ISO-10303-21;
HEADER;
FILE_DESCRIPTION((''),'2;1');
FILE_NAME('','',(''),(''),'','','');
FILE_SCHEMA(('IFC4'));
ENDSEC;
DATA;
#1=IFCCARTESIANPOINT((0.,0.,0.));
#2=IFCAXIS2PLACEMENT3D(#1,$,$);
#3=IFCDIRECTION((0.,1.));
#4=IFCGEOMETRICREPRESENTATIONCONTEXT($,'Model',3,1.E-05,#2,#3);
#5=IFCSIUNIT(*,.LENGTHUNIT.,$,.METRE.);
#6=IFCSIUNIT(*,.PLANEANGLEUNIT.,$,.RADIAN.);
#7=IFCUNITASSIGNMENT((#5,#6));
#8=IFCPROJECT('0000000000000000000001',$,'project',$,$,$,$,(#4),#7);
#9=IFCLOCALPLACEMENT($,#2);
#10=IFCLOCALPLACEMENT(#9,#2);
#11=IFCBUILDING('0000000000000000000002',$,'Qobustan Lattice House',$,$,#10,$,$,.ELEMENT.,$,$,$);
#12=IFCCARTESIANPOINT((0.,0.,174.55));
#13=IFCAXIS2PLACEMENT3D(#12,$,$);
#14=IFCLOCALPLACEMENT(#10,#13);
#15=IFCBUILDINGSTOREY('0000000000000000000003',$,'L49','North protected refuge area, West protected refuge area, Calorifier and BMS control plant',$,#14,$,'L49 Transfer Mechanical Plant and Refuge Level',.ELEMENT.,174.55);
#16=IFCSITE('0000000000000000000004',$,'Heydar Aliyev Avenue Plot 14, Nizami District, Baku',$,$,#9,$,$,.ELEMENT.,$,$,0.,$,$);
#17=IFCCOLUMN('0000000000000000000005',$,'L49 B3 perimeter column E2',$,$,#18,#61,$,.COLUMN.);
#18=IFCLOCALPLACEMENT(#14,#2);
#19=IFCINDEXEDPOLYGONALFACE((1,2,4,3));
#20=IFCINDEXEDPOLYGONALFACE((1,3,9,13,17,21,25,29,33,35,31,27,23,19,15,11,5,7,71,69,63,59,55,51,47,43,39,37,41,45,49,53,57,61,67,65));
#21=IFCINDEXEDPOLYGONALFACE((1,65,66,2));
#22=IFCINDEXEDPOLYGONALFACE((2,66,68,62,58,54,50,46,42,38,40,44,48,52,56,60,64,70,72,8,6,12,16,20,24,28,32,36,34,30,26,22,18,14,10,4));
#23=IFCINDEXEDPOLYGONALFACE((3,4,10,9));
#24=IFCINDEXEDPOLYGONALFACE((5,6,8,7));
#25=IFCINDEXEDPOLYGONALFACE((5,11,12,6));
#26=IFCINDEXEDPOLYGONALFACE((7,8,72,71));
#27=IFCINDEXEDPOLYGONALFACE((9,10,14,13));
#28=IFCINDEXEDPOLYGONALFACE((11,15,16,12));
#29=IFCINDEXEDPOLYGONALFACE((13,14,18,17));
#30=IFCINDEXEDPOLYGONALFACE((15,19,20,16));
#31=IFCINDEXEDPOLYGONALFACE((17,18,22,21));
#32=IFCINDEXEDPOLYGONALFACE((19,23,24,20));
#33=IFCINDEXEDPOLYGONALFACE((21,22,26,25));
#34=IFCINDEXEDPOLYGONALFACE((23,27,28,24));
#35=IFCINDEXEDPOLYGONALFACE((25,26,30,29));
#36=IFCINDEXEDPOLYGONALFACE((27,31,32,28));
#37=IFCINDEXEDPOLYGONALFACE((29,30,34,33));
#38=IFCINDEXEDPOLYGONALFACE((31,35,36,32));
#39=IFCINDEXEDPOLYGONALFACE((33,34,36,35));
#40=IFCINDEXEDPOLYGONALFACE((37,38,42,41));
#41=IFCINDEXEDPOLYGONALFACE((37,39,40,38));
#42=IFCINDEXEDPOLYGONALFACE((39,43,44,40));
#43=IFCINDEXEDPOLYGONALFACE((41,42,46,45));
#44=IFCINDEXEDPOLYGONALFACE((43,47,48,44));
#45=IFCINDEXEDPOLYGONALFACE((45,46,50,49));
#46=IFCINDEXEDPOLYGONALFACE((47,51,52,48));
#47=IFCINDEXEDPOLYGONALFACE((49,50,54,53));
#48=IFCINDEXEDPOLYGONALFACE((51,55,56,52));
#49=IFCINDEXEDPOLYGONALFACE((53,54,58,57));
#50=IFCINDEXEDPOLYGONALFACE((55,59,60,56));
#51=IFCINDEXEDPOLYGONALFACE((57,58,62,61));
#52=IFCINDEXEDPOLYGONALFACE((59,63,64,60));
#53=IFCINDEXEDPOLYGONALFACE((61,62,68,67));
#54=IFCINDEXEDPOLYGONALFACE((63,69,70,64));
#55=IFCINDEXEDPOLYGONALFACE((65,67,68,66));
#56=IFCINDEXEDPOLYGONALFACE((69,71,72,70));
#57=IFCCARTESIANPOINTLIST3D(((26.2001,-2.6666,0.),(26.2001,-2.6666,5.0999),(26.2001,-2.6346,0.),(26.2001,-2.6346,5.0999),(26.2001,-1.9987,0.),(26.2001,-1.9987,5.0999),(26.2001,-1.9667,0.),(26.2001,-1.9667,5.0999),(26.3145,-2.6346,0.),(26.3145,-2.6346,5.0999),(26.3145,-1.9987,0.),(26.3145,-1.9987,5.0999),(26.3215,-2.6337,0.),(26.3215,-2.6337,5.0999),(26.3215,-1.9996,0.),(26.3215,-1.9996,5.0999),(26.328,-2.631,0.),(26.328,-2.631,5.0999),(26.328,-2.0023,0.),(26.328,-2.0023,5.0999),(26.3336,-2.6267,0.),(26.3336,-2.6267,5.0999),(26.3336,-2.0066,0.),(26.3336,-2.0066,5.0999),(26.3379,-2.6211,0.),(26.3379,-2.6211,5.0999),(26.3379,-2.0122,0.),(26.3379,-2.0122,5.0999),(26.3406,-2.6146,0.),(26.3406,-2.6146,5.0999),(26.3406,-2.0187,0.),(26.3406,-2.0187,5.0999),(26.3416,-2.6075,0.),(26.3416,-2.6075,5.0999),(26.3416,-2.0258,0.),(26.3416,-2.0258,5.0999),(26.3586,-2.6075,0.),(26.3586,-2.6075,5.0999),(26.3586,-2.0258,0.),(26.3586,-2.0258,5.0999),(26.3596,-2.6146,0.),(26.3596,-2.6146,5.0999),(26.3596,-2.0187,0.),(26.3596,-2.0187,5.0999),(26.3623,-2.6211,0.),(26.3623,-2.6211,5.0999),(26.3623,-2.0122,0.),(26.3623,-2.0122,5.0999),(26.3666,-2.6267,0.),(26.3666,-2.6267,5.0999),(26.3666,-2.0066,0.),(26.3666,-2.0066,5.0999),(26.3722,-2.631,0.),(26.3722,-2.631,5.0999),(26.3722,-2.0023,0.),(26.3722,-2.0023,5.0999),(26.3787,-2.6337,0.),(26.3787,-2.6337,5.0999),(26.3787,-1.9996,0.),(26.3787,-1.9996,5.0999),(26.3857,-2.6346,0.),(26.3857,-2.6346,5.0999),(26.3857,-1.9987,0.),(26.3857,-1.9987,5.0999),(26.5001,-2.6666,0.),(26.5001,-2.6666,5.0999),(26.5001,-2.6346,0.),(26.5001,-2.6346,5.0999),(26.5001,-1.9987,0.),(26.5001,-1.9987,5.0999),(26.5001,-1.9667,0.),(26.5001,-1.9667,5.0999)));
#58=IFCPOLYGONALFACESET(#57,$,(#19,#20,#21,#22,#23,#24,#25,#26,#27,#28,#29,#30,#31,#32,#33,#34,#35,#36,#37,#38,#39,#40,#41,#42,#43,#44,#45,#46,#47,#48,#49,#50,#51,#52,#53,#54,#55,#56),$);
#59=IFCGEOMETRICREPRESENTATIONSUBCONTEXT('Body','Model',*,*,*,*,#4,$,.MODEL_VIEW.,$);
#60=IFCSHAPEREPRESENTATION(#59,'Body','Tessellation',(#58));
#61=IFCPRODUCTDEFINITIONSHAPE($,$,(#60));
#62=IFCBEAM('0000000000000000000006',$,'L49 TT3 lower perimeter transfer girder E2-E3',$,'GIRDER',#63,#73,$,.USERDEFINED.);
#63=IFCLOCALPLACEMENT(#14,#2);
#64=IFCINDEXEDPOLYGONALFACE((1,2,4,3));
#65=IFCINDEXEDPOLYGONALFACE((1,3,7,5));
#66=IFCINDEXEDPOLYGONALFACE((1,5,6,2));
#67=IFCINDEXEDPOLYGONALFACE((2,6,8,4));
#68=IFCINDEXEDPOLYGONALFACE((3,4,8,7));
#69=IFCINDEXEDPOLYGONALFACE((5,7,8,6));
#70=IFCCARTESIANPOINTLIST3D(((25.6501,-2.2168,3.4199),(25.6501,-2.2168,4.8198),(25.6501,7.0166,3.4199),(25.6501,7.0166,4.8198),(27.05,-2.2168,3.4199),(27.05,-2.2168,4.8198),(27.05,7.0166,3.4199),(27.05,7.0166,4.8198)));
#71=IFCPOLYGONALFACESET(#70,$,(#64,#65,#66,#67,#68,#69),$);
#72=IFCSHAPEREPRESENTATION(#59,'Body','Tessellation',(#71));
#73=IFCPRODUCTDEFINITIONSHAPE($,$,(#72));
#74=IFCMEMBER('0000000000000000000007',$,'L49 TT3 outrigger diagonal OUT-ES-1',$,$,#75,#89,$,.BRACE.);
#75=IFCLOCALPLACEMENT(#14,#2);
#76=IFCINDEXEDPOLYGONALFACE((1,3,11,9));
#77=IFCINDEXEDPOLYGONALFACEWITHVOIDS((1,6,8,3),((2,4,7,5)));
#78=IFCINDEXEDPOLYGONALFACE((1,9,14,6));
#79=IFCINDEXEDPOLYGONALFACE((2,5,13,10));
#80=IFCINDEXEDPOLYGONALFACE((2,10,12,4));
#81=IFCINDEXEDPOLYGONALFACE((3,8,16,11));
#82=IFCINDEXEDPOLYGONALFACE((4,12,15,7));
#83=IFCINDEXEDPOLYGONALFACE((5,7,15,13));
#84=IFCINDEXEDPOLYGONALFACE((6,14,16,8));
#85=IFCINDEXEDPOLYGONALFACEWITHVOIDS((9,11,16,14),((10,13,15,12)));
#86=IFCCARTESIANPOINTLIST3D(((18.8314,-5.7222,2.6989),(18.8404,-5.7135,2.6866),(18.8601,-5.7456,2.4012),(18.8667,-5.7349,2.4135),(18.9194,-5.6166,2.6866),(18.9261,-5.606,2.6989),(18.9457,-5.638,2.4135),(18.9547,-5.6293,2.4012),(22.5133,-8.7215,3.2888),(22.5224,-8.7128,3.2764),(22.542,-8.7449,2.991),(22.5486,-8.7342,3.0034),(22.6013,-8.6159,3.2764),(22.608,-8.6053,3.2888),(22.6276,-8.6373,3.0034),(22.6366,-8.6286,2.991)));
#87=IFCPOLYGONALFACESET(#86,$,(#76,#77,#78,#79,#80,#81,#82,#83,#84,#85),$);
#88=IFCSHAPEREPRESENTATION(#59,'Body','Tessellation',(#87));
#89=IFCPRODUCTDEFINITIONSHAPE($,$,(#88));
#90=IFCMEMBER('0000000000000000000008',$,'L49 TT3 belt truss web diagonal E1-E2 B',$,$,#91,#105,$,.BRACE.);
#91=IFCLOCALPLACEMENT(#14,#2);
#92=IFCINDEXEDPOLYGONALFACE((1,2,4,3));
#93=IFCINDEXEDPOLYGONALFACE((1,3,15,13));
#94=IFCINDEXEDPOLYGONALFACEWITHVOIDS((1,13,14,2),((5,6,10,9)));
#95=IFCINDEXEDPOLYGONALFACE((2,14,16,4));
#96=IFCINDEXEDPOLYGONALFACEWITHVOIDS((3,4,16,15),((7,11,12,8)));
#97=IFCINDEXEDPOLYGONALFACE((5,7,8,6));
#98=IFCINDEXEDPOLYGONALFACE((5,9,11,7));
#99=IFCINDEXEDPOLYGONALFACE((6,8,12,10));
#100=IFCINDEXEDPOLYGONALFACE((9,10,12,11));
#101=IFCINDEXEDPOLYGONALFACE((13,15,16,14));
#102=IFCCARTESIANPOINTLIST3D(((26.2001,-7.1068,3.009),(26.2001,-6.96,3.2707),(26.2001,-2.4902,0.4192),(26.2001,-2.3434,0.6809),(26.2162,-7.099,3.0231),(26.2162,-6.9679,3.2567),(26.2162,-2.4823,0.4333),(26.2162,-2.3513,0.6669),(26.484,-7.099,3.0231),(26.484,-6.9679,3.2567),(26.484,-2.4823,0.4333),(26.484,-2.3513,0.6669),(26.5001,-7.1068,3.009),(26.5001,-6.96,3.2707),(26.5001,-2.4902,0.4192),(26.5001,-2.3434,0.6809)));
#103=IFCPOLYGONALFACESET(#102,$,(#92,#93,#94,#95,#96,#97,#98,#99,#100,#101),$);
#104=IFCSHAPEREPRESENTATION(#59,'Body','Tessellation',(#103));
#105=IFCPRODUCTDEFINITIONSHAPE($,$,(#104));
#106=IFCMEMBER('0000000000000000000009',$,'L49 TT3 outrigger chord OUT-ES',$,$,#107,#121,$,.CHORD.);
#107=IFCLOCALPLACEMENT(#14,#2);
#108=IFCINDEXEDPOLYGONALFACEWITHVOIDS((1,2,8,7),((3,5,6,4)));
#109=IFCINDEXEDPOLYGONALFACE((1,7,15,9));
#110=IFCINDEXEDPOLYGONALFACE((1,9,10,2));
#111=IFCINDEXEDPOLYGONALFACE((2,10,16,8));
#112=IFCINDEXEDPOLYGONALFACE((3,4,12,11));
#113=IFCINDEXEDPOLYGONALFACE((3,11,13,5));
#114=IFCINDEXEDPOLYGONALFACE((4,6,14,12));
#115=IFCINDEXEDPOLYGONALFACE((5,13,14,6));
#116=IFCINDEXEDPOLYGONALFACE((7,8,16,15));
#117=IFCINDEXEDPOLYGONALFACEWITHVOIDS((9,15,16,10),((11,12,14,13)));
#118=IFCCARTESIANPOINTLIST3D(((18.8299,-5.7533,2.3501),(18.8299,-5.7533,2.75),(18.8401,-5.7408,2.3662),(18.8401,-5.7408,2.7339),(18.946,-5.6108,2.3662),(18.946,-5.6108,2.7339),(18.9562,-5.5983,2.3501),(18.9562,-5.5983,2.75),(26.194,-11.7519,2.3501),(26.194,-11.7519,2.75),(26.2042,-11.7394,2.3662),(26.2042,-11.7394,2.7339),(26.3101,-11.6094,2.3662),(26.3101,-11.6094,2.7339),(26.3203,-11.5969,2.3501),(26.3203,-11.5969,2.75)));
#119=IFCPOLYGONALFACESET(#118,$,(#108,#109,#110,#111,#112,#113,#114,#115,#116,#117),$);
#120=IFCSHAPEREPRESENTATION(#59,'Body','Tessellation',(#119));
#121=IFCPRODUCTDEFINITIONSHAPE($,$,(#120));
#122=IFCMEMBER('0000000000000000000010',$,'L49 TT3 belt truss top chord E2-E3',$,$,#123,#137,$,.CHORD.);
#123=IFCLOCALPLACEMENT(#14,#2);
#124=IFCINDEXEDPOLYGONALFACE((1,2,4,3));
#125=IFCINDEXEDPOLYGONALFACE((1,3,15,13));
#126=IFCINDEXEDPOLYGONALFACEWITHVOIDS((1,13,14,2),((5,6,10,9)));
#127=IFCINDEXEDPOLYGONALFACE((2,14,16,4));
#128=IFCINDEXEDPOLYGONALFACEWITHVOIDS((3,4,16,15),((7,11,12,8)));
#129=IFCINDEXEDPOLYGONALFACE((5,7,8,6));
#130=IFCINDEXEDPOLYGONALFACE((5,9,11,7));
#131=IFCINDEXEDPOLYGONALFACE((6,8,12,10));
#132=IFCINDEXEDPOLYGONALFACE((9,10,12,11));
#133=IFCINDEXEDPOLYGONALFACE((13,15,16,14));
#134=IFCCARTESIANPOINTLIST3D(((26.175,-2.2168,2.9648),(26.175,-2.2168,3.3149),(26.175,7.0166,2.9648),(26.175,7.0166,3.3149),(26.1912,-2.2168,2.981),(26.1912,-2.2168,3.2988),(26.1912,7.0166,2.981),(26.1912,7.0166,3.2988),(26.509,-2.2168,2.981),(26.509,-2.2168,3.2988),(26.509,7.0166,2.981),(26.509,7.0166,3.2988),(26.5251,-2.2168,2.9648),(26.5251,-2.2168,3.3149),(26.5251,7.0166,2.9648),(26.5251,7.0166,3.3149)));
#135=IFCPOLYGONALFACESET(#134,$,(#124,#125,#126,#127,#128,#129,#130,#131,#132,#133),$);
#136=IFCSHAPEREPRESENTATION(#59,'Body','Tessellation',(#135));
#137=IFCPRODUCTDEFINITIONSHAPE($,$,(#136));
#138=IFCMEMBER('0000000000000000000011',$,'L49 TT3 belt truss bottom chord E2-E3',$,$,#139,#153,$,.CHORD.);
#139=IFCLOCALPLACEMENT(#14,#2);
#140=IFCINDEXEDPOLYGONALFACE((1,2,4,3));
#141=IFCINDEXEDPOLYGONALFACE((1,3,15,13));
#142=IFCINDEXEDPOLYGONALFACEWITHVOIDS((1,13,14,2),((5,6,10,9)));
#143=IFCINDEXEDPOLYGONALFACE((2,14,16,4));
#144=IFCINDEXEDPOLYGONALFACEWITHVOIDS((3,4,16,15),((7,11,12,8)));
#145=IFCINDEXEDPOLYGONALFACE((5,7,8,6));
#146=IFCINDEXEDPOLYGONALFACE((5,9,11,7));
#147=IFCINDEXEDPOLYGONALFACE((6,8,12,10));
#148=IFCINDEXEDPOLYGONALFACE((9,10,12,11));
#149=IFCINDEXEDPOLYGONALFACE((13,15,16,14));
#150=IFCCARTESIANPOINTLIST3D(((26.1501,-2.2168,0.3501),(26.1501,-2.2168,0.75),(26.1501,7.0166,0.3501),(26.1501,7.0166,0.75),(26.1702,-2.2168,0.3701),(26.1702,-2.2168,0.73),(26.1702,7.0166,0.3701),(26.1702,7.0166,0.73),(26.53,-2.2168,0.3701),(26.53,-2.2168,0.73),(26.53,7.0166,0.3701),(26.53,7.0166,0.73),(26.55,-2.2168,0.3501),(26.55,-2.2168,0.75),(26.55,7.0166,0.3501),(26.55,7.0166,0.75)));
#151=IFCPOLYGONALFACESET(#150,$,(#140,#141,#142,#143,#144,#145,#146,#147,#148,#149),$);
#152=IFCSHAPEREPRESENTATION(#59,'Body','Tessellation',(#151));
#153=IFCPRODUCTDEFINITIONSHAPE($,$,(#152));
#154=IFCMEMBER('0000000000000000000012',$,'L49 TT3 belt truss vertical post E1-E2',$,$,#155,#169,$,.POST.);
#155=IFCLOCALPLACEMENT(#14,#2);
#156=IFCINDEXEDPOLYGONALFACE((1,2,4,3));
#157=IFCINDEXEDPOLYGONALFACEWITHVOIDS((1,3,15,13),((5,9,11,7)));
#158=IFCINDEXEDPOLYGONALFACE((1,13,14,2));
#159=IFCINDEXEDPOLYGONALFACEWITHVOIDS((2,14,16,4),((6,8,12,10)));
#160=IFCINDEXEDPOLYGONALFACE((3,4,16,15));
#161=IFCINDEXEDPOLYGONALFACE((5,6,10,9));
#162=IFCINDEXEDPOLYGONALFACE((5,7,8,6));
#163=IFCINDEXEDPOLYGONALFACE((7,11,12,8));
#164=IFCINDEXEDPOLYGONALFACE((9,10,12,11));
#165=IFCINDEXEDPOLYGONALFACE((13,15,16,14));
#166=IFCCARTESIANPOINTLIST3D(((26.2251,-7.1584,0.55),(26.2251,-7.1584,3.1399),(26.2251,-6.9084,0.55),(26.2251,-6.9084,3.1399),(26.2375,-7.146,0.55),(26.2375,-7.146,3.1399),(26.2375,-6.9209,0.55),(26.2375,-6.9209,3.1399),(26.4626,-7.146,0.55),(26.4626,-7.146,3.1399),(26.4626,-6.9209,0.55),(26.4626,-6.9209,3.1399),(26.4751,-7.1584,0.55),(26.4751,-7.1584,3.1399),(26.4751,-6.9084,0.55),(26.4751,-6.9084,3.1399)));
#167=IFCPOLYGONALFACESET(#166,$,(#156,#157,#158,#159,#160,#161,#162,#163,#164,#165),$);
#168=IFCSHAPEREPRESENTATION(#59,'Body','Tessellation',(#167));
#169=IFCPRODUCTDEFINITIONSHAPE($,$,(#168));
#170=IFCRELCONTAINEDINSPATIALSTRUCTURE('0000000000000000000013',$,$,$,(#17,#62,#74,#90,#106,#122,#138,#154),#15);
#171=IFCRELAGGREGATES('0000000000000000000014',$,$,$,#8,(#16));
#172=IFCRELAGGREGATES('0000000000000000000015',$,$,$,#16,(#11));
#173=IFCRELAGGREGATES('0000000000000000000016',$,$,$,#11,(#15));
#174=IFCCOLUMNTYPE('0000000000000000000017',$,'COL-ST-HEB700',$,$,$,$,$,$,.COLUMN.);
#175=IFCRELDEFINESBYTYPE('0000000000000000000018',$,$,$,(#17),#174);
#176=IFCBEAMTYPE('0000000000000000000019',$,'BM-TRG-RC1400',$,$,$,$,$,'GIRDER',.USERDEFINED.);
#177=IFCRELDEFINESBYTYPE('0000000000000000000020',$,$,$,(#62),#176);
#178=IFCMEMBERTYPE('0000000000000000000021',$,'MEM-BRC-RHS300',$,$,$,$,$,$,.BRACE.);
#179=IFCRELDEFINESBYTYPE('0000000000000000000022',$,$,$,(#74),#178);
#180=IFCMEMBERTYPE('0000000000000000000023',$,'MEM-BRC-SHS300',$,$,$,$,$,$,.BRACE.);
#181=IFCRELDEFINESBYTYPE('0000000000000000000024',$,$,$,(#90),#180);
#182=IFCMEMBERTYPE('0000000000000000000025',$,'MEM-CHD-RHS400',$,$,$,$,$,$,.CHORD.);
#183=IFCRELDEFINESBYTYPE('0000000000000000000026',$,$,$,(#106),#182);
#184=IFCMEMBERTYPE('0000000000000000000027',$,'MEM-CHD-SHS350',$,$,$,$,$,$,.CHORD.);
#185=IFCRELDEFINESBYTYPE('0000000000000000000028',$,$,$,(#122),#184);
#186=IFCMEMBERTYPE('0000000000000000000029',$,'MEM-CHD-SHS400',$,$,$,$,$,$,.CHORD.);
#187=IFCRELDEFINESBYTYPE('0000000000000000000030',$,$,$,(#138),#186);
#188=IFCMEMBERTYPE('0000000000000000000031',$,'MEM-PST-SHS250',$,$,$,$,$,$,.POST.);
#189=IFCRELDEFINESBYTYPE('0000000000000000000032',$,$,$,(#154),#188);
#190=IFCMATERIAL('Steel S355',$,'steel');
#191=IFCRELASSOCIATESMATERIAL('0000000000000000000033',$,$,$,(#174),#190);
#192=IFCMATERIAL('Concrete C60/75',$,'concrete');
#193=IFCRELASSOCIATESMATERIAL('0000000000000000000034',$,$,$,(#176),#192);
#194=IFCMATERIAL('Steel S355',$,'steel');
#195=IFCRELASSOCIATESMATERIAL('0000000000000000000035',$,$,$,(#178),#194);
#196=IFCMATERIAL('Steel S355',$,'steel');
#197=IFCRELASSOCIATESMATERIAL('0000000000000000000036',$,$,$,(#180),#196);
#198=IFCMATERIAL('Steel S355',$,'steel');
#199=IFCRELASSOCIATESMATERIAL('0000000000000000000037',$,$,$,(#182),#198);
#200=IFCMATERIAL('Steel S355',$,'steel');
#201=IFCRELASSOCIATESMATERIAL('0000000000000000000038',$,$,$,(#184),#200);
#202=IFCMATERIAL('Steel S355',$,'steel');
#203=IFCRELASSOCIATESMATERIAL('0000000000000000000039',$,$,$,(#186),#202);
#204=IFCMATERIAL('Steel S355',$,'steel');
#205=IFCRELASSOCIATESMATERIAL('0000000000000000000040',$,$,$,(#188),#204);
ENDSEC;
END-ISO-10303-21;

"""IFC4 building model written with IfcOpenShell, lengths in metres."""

from ifc_helpers import new_model, si_unit, direction, frame, origin, origin_2d, place, context, subcontext, project, spatial, rectangle, hollow_rectangle, i_section, extrude, material, material_profile, profile_set, type_object, element, save


model = new_model("IFC4")

# Units and contexts
model_context = context("Model", 3, precision=1e-05, world=origin(), true_north=direction((0.0, 1.0)))
body_context = subcontext(model_context, "Body", "Model", "MODEL_VIEW")
ifc_project = project(units=[si_unit("LENGTHUNIT", "METRE"), si_unit("PLANEANGLEUNIT", "RADIAN")], contexts=[model_context])

# Site, building, storey
site_placement = place(None, origin())
site = spatial("IfcSite", under=ifc_project, at=site_placement, Name="Heydar Aliyev Avenue Plot 14, Nizami District, Baku", CompositionType="ELEMENT", RefElevation=0.0)
building_placement = place(site_placement, origin())
building = spatial("IfcBuilding", under=site, at=building_placement, Name="Qobustan Lattice House", CompositionType="ELEMENT")
storey_placement = place(building_placement, frame((0.0, 0.0, 174.55)))
storey = spatial("IfcBuildingStorey", under=building, at=storey_placement, Name="L49", Description="North protected refuge area, West protected refuge area, Calorifier and BMS control plant", LongName="L49 Transfer Mechanical Plant and Refuge Level", CompositionType="ELEMENT", Elevation=174.55)

# Column
ifc_material_1 = material(Name="Steel S355", Category="steel")
ifc_material_profile_1 = material_profile(ifc_material_1, i_section(OverallWidth=0.3, OverallDepth=0.7, WebThickness=0.0171, FlangeThickness=0.032, FilletRadius=0.0271, at=origin_2d()), Name="HEB700")
ifc_profile_set_1 = profile_set([ifc_material_profile_1], Name="Steel S355")
column_type = type_object("IfcColumnType", Name="COL-ST-HEB700", PredefinedType="COLUMN", material=ifc_profile_set_1)
column_placement = place(storey_placement, frame((26.3501, -2.3167, 0.0), z_axis=(0.0, 0.0, 1.0), x_axis=(1.0, 0.0, 0.0)))
element("IfcColumn", 1, at=column_placement, inside=storey, type_object=column_type, Name="L49 B3 perimeter column E2", PredefinedType="COLUMN", context=body_context, shape_type="SweptSolid", body=[
    extrude(i_section(OverallWidth=0.3, OverallDepth=0.7, WebThickness=0.0171, FlangeThickness=0.032, FilletRadius=0.0271, at=origin_2d()), origin(), (0.0, 0.0, 1.0), 5.0999),
])

# Beam
ifc_material_2 = material(Name="Concrete C60/75", Category="concrete")
ifc_material_profile_2 = material_profile(ifc_material_2, rectangle(XDim=1.3999, YDim=1.3999, at=origin_2d()), Name="RC1400x1400")
ifc_profile_set_2 = profile_set([ifc_material_profile_2], Name="Concrete C60/75")
beam_type = type_object("IfcBeamType", Name="BM-TRG-RC1400", ElementType="GIRDER", PredefinedType="USERDEFINED", material=ifc_profile_set_2)
beam_placement = place(storey_placement, frame((26.3501, -2.2168, 4.1199), z_axis=(0.0, 1.0, 0.0), x_axis=(-1.0, 0.0, 0.0)))
element("IfcBeam", 2, at=beam_placement, inside=storey, type_object=beam_type, Name="L49 TT3 lower perimeter transfer girder E2-E3", ObjectType="GIRDER", PredefinedType="USERDEFINED", context=body_context, shape_type="SweptSolid", body=[
    extrude(rectangle(XDim=1.3999, YDim=1.3999, at=origin_2d()), origin(), (0.0, 0.0, 1.0), 9.2334),
])

# Members
ifc_material_3 = material(Name="Steel S355", Category="steel")
ifc_material_profile_3 = material_profile(ifc_material_3, hollow_rectangle(XDim=0.1499, YDim=0.3, WallThickness=0.0125, at=origin_2d()), Name="RHS300x150x12.5")
ifc_profile_set_3 = profile_set([ifc_material_profile_3], Name="Steel S355")
member_type_1 = type_object("IfcMemberType", Name="MEM-BRC-RHS300", PredefinedType="BRACE", material=ifc_profile_set_3)
member_1_placement = place(storey_placement, frame((18.8931, -5.6758, 2.55), z_axis=(0.769404, -0.626757, 0.12326), x_axis=(0.631573, 0.775316, 0.0)))
element("IfcMember", 3, at=member_1_placement, inside=storey, type_object=member_type_1, Name="L49 TT3 outrigger diagonal OUT-ES-1", PredefinedType="BRACE", context=body_context, shape_type="SweptSolid", body=[
    extrude(hollow_rectangle(XDim=0.1499, YDim=0.3, WallThickness=0.0125, at=origin_2d()), origin(), (0.0, 0.0, 1.0), 4.7854),
])
ifc_material_4 = material(Name="Steel S355", Category="steel")
ifc_material_profile_4 = material_profile(ifc_material_4, hollow_rectangle(XDim=0.3, YDim=0.3, WallThickness=0.0161, at=origin_2d()), Name="SHS300x300x16")
ifc_profile_set_4 = profile_set([ifc_material_profile_4], Name="Steel S355")
member_type_2 = type_object("IfcMemberType", Name="MEM-BRC-SHS300", PredefinedType="BRACE", material=ifc_profile_set_4)
member_2_placement = place(storey_placement, frame((26.3501, -7.0334, 3.1399), z_axis=(0.0, 0.872144, -0.489249), x_axis=(-1.0, 0.0, 0.0)))
element("IfcMember", 4, at=member_2_placement, inside=storey, type_object=member_type_2, Name="L49 TT3 belt truss web diagonal E1-E2 B", PredefinedType="BRACE", context=body_context, shape_type="SweptSolid", body=[
    extrude(hollow_rectangle(XDim=0.3, YDim=0.3, WallThickness=0.0161, at=origin_2d()), origin(), (0.0, 0.0, 1.0), 5.2935),
])
ifc_material_5 = material(Name="Steel S355", Category="steel")
ifc_material_profile_5 = material_profile(ifc_material_5, hollow_rectangle(XDim=0.2, YDim=0.3999, WallThickness=0.0161, at=origin_2d()), Name="RHS400x200x16")
ifc_profile_set_5 = profile_set([ifc_material_profile_5], Name="Steel S355")
member_type_3 = type_object("IfcMemberType", Name="MEM-CHD-RHS400", PredefinedType="CHORD", material=ifc_profile_set_5)
member_3_placement = place(storey_placement, frame((18.8931, -5.6758, 2.55), z_axis=(0.775326, -0.631561, 0.0), x_axis=(0.631561, 0.775326, 0.0)))
element("IfcMember", 5, at=member_3_placement, inside=storey, type_object=member_type_3, Name="L49 TT3 outrigger chord OUT-ES", PredefinedType="CHORD", context=body_context, shape_type="SweptSolid", body=[
    extrude(hollow_rectangle(XDim=0.2, YDim=0.3999, WallThickness=0.0161, at=origin_2d()), origin(), (0.0, 0.0, 1.0), 9.498),
])
ifc_material_6 = material(Name="Steel S355", Category="steel")
ifc_material_profile_6 = material_profile(ifc_material_6, hollow_rectangle(XDim=0.3501, YDim=0.3501, WallThickness=0.0161, at=origin_2d()), Name="SHS350x350x16")
ifc_profile_set_6 = profile_set([ifc_material_profile_6], Name="Steel S355")
member_type_4 = type_object("IfcMemberType", Name="MEM-CHD-SHS350", PredefinedType="CHORD", material=ifc_profile_set_6)
member_4_placement = place(storey_placement, frame((26.3501, -2.2168, 3.1399), z_axis=(0.0, 1.0, 0.0), x_axis=(-1.0, 0.0, 0.0)))
element("IfcMember", 6, at=member_4_placement, inside=storey, type_object=member_type_4, Name="L49 TT3 belt truss top chord E2-E3", PredefinedType="CHORD", context=body_context, shape_type="SweptSolid", body=[
    extrude(hollow_rectangle(XDim=0.3501, YDim=0.3501, WallThickness=0.0161, at=origin_2d()), origin(), (0.0, 0.0, 1.0), 9.2334),
])
ifc_material_7 = material(Name="Steel S355", Category="steel")
ifc_material_profile_7 = material_profile(ifc_material_7, hollow_rectangle(XDim=0.3999, YDim=0.3999, WallThickness=0.02, at=origin_2d()), Name="SHS400x400x20")
ifc_profile_set_7 = profile_set([ifc_material_profile_7], Name="Steel S355")
member_type_5 = type_object("IfcMemberType", Name="MEM-CHD-SHS400", PredefinedType="CHORD", material=ifc_profile_set_7)
member_5_placement = place(storey_placement, frame((26.3501, -2.2168, 0.55), z_axis=(0.0, 1.0, 0.0), x_axis=(-1.0, 0.0, 0.0)))
element("IfcMember", 7, at=member_5_placement, inside=storey, type_object=member_type_5, Name="L49 TT3 belt truss bottom chord E2-E3", PredefinedType="CHORD", context=body_context, shape_type="SweptSolid", body=[
    extrude(hollow_rectangle(XDim=0.3999, YDim=0.3999, WallThickness=0.02, at=origin_2d()), origin(), (0.0, 0.0, 1.0), 9.2334),
])
ifc_material_8 = material(Name="Steel S355", Category="steel")
ifc_material_profile_8 = material_profile(ifc_material_8, hollow_rectangle(XDim=0.25, YDim=0.25, WallThickness=0.0125, at=origin_2d()), Name="SHS250x250x12.5")
ifc_profile_set_8 = profile_set([ifc_material_profile_8], Name="Steel S355")
member_type_6 = type_object("IfcMemberType", Name="MEM-PST-SHS250", PredefinedType="POST", material=ifc_profile_set_8)
member_6_placement = place(storey_placement, frame((26.3501, -7.0334, 0.55), z_axis=(0.0, 0.0, 1.0), x_axis=(1.0, 0.0, 0.0)))
element("IfcMember", 8, at=member_6_placement, inside=storey, type_object=member_type_6, Name="L49 TT3 belt truss vertical post E1-E2", PredefinedType="POST", context=body_context, shape_type="SweptSolid", body=[
    extrude(hollow_rectangle(XDim=0.25, YDim=0.25, WallThickness=0.0125, at=origin_2d()), origin(), (0.0, 0.0, 1.0), 2.5898),
])

save(model, "model.ifc")
